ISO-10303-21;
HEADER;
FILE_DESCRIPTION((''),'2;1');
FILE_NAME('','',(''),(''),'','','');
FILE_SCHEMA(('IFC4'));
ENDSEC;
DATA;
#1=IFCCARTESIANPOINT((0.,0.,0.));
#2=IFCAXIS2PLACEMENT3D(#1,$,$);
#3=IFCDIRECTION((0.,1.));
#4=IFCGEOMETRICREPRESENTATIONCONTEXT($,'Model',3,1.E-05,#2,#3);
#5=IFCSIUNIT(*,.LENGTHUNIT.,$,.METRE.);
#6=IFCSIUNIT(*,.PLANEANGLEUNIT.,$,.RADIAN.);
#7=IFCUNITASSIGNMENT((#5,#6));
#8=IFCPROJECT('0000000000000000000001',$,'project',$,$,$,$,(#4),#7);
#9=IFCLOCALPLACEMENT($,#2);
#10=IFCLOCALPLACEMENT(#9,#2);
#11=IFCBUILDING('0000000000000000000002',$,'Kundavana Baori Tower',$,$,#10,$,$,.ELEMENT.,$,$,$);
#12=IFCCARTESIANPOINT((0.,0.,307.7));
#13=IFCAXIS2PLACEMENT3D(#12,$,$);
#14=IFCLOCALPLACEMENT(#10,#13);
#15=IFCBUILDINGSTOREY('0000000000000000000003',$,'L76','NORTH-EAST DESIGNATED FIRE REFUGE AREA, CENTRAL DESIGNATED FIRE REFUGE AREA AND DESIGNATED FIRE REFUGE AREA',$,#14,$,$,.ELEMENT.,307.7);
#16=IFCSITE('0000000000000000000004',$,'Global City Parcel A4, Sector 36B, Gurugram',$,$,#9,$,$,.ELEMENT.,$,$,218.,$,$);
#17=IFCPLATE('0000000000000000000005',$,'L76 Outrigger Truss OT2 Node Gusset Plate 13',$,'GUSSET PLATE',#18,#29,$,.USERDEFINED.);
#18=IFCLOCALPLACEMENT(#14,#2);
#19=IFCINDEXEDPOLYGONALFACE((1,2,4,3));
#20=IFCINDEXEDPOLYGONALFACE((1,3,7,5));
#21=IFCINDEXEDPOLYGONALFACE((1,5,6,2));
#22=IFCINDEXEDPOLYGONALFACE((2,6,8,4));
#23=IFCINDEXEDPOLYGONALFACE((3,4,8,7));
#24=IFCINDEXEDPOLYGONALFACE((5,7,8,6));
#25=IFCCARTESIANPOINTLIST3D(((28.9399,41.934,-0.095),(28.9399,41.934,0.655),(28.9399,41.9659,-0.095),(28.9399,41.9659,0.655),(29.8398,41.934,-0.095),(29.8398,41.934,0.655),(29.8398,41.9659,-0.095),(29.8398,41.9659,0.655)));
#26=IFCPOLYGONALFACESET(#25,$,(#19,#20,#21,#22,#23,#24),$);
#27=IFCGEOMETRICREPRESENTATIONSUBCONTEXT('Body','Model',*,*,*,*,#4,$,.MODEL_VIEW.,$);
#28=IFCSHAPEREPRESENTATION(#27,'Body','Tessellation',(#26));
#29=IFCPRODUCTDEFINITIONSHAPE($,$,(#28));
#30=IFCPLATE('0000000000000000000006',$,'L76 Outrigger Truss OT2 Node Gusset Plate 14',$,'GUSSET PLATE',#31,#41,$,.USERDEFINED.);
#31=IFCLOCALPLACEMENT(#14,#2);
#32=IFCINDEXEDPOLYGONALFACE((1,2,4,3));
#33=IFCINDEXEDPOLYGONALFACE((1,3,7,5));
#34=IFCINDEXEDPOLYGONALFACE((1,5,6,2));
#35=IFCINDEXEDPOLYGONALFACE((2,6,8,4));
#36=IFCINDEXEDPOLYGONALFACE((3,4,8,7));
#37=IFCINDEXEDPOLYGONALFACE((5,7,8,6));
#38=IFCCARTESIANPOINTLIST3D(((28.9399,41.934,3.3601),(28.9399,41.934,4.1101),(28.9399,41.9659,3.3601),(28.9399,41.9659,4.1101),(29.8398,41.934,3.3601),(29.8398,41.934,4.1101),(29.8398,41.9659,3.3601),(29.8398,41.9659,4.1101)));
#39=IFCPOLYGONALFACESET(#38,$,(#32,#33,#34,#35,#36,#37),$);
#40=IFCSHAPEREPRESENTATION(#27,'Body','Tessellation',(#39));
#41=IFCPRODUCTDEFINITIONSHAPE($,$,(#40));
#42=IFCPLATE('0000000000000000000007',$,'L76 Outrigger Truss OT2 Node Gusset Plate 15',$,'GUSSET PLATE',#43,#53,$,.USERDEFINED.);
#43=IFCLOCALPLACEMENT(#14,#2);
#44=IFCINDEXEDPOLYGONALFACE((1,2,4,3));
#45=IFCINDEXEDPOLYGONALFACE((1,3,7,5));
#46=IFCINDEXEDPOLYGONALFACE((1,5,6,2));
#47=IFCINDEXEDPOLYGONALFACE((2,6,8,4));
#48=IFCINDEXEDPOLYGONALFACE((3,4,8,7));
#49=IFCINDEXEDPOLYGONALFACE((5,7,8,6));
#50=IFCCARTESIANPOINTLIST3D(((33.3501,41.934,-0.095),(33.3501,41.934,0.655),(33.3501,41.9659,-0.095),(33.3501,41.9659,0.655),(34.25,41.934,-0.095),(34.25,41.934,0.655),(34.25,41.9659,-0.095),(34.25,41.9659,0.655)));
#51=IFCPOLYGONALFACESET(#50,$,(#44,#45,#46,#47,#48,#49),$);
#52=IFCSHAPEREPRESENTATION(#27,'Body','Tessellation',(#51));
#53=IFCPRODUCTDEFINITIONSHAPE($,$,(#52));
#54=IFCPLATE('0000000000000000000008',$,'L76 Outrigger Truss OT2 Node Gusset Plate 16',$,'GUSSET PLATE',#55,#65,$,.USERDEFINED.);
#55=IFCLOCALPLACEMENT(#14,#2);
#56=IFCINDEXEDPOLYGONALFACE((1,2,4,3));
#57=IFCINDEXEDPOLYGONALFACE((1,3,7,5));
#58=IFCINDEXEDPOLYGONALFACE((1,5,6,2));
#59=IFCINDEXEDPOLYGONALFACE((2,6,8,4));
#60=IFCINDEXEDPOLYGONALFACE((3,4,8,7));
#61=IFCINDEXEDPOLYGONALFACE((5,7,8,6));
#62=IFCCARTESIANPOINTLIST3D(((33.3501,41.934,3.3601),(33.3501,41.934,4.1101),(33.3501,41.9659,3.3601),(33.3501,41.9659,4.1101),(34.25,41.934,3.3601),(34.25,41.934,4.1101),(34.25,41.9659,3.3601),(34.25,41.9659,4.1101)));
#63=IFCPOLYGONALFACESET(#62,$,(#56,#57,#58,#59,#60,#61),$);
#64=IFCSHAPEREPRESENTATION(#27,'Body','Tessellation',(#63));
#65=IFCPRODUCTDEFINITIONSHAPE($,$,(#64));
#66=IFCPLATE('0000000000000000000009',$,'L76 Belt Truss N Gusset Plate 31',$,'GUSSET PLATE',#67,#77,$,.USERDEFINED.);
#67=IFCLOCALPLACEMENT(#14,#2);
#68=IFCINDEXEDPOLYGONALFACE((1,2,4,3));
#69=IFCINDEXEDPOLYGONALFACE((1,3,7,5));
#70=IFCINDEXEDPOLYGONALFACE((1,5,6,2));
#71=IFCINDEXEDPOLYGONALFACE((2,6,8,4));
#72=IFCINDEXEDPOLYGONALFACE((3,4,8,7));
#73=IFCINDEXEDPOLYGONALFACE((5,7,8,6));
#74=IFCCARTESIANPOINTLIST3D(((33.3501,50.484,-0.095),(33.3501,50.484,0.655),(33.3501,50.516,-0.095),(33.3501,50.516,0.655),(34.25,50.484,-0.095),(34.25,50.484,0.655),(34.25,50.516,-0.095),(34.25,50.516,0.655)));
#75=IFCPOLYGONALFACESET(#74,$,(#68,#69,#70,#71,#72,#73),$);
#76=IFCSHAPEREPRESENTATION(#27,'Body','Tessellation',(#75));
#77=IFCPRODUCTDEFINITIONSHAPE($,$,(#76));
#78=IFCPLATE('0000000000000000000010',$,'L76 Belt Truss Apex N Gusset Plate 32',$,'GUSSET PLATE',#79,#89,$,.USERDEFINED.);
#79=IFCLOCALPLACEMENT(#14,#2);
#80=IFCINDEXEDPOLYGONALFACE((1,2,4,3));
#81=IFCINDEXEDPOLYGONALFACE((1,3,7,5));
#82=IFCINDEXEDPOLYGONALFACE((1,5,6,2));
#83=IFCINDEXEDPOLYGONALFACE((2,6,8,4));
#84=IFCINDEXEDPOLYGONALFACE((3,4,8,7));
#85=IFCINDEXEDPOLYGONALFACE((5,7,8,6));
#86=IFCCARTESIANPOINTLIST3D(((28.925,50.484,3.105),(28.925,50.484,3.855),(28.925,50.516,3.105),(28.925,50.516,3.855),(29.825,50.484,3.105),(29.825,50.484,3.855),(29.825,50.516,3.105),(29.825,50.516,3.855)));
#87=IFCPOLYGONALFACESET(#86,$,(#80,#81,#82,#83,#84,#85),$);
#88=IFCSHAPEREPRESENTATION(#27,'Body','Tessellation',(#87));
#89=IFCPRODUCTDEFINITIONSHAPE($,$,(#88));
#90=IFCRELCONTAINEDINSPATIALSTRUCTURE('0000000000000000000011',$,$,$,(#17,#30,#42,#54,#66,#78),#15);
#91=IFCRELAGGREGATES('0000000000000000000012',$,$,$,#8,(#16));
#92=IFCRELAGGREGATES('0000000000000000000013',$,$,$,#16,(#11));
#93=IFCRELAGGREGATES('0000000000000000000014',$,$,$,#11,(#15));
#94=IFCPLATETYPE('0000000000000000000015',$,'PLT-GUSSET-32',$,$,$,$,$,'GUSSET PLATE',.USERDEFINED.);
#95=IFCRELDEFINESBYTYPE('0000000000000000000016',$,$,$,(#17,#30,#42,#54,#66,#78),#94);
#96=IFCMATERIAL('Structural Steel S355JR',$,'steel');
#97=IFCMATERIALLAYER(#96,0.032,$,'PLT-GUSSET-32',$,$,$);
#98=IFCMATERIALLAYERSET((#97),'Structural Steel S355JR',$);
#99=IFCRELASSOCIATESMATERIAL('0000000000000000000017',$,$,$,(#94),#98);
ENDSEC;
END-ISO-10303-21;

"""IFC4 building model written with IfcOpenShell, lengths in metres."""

from ifc_helpers import new_model, si_unit, direction, frame, origin, origin_2d, place, context, subcontext, project, spatial, rectangle, extrude, material, layer, layer_set, type_object, element, save


model = new_model("IFC4")

# Units and contexts
model_context = context("Model", 3, precision=1e-05, world=origin(), true_north=direction((0.0, 1.0)))
body_context = subcontext(model_context, "Body", "Model", "MODEL_VIEW")
ifc_project = project(units=[si_unit("LENGTHUNIT", "METRE"), si_unit("PLANEANGLEUNIT", "RADIAN")], contexts=[model_context])

# Site, building, storey
site_placement = place(None, origin())
site = spatial("IfcSite", under=ifc_project, at=site_placement, Name="Global City Parcel A4, Sector 36B, Gurugram", CompositionType="ELEMENT", RefElevation=218.0)
building_placement = place(site_placement, origin())
building = spatial("IfcBuilding", under=site, at=building_placement, Name="Kundavana Baori Tower", CompositionType="ELEMENT")
storey_placement = place(building_placement, frame((0.0, 0.0, 307.7)))
storey = spatial("IfcBuildingStorey", under=building, at=storey_placement, Name="L76", Description="NORTH-EAST DESIGNATED FIRE REFUGE AREA, CENTRAL DESIGNATED FIRE REFUGE AREA AND DESIGNATED FIRE REFUGE AREA", CompositionType="ELEMENT", Elevation=307.7)

# Plates
ifc_material_1 = material(Name="Structural Steel S355JR", Category="steel")
ifc_layer = layer(ifc_material_1, 0.032, Name="PLT-GUSSET-32")
ifc_layer_set = layer_set([ifc_layer], Name="Structural Steel S355JR")
plate_type = type_object("IfcPlateType", Name="PLT-GUSSET-32", ElementType="GUSSET PLATE", PredefinedType="USERDEFINED", material=ifc_layer_set)
for number, where, z_axis, x_axis, name in (
    (1, (29.3899, 41.95, -0.095), (0.0, 0.0, 1.0), (1.0, 0.0, 0.0), "L76 Outrigger Truss OT2 Node Gusset Plate 13"),
    (2, (29.3899, 41.95, 3.3601), (0.0, 0.0, 1.0), (1.0, 0.0, 0.0), "L76 Outrigger Truss OT2 Node Gusset Plate 14"),
    (3, (33.8, 41.95, -0.095), (0.0, 0.0, 1.0), (1.0, 0.0, 0.0), "L76 Outrigger Truss OT2 Node Gusset Plate 15"),
    (4, (33.8, 41.95, 3.3601), (0.0, 0.0, 1.0), (1.0, 0.0, 0.0), "L76 Outrigger Truss OT2 Node Gusset Plate 16"),
    (5, (33.8, 50.5, -0.095), (0.0, 0.0, 1.0), (1.0, 0.0, 0.0), "L76 Belt Truss N Gusset Plate 31"),
    (6, (29.375, 50.5, 3.105), (0.0, 0.0, 1.0), (1.0, 0.0, 0.0), "L76 Belt Truss Apex N Gusset Plate 32"),
):
    element("IfcPlate", number, at=place(storey_placement, frame(where, z_axis=z_axis, x_axis=x_axis)), inside=storey, type_object=plate_type, Name=name, ObjectType="GUSSET PLATE", PredefinedType="USERDEFINED", context=body_context, shape_type="SweptSolid", body=[
        extrude(rectangle(XDim=0.8999, YDim=0.032, at=origin_2d()), origin(), (0.0, 0.0, 1.0), 0.75),
    ])

save(model, "model.ifc")
